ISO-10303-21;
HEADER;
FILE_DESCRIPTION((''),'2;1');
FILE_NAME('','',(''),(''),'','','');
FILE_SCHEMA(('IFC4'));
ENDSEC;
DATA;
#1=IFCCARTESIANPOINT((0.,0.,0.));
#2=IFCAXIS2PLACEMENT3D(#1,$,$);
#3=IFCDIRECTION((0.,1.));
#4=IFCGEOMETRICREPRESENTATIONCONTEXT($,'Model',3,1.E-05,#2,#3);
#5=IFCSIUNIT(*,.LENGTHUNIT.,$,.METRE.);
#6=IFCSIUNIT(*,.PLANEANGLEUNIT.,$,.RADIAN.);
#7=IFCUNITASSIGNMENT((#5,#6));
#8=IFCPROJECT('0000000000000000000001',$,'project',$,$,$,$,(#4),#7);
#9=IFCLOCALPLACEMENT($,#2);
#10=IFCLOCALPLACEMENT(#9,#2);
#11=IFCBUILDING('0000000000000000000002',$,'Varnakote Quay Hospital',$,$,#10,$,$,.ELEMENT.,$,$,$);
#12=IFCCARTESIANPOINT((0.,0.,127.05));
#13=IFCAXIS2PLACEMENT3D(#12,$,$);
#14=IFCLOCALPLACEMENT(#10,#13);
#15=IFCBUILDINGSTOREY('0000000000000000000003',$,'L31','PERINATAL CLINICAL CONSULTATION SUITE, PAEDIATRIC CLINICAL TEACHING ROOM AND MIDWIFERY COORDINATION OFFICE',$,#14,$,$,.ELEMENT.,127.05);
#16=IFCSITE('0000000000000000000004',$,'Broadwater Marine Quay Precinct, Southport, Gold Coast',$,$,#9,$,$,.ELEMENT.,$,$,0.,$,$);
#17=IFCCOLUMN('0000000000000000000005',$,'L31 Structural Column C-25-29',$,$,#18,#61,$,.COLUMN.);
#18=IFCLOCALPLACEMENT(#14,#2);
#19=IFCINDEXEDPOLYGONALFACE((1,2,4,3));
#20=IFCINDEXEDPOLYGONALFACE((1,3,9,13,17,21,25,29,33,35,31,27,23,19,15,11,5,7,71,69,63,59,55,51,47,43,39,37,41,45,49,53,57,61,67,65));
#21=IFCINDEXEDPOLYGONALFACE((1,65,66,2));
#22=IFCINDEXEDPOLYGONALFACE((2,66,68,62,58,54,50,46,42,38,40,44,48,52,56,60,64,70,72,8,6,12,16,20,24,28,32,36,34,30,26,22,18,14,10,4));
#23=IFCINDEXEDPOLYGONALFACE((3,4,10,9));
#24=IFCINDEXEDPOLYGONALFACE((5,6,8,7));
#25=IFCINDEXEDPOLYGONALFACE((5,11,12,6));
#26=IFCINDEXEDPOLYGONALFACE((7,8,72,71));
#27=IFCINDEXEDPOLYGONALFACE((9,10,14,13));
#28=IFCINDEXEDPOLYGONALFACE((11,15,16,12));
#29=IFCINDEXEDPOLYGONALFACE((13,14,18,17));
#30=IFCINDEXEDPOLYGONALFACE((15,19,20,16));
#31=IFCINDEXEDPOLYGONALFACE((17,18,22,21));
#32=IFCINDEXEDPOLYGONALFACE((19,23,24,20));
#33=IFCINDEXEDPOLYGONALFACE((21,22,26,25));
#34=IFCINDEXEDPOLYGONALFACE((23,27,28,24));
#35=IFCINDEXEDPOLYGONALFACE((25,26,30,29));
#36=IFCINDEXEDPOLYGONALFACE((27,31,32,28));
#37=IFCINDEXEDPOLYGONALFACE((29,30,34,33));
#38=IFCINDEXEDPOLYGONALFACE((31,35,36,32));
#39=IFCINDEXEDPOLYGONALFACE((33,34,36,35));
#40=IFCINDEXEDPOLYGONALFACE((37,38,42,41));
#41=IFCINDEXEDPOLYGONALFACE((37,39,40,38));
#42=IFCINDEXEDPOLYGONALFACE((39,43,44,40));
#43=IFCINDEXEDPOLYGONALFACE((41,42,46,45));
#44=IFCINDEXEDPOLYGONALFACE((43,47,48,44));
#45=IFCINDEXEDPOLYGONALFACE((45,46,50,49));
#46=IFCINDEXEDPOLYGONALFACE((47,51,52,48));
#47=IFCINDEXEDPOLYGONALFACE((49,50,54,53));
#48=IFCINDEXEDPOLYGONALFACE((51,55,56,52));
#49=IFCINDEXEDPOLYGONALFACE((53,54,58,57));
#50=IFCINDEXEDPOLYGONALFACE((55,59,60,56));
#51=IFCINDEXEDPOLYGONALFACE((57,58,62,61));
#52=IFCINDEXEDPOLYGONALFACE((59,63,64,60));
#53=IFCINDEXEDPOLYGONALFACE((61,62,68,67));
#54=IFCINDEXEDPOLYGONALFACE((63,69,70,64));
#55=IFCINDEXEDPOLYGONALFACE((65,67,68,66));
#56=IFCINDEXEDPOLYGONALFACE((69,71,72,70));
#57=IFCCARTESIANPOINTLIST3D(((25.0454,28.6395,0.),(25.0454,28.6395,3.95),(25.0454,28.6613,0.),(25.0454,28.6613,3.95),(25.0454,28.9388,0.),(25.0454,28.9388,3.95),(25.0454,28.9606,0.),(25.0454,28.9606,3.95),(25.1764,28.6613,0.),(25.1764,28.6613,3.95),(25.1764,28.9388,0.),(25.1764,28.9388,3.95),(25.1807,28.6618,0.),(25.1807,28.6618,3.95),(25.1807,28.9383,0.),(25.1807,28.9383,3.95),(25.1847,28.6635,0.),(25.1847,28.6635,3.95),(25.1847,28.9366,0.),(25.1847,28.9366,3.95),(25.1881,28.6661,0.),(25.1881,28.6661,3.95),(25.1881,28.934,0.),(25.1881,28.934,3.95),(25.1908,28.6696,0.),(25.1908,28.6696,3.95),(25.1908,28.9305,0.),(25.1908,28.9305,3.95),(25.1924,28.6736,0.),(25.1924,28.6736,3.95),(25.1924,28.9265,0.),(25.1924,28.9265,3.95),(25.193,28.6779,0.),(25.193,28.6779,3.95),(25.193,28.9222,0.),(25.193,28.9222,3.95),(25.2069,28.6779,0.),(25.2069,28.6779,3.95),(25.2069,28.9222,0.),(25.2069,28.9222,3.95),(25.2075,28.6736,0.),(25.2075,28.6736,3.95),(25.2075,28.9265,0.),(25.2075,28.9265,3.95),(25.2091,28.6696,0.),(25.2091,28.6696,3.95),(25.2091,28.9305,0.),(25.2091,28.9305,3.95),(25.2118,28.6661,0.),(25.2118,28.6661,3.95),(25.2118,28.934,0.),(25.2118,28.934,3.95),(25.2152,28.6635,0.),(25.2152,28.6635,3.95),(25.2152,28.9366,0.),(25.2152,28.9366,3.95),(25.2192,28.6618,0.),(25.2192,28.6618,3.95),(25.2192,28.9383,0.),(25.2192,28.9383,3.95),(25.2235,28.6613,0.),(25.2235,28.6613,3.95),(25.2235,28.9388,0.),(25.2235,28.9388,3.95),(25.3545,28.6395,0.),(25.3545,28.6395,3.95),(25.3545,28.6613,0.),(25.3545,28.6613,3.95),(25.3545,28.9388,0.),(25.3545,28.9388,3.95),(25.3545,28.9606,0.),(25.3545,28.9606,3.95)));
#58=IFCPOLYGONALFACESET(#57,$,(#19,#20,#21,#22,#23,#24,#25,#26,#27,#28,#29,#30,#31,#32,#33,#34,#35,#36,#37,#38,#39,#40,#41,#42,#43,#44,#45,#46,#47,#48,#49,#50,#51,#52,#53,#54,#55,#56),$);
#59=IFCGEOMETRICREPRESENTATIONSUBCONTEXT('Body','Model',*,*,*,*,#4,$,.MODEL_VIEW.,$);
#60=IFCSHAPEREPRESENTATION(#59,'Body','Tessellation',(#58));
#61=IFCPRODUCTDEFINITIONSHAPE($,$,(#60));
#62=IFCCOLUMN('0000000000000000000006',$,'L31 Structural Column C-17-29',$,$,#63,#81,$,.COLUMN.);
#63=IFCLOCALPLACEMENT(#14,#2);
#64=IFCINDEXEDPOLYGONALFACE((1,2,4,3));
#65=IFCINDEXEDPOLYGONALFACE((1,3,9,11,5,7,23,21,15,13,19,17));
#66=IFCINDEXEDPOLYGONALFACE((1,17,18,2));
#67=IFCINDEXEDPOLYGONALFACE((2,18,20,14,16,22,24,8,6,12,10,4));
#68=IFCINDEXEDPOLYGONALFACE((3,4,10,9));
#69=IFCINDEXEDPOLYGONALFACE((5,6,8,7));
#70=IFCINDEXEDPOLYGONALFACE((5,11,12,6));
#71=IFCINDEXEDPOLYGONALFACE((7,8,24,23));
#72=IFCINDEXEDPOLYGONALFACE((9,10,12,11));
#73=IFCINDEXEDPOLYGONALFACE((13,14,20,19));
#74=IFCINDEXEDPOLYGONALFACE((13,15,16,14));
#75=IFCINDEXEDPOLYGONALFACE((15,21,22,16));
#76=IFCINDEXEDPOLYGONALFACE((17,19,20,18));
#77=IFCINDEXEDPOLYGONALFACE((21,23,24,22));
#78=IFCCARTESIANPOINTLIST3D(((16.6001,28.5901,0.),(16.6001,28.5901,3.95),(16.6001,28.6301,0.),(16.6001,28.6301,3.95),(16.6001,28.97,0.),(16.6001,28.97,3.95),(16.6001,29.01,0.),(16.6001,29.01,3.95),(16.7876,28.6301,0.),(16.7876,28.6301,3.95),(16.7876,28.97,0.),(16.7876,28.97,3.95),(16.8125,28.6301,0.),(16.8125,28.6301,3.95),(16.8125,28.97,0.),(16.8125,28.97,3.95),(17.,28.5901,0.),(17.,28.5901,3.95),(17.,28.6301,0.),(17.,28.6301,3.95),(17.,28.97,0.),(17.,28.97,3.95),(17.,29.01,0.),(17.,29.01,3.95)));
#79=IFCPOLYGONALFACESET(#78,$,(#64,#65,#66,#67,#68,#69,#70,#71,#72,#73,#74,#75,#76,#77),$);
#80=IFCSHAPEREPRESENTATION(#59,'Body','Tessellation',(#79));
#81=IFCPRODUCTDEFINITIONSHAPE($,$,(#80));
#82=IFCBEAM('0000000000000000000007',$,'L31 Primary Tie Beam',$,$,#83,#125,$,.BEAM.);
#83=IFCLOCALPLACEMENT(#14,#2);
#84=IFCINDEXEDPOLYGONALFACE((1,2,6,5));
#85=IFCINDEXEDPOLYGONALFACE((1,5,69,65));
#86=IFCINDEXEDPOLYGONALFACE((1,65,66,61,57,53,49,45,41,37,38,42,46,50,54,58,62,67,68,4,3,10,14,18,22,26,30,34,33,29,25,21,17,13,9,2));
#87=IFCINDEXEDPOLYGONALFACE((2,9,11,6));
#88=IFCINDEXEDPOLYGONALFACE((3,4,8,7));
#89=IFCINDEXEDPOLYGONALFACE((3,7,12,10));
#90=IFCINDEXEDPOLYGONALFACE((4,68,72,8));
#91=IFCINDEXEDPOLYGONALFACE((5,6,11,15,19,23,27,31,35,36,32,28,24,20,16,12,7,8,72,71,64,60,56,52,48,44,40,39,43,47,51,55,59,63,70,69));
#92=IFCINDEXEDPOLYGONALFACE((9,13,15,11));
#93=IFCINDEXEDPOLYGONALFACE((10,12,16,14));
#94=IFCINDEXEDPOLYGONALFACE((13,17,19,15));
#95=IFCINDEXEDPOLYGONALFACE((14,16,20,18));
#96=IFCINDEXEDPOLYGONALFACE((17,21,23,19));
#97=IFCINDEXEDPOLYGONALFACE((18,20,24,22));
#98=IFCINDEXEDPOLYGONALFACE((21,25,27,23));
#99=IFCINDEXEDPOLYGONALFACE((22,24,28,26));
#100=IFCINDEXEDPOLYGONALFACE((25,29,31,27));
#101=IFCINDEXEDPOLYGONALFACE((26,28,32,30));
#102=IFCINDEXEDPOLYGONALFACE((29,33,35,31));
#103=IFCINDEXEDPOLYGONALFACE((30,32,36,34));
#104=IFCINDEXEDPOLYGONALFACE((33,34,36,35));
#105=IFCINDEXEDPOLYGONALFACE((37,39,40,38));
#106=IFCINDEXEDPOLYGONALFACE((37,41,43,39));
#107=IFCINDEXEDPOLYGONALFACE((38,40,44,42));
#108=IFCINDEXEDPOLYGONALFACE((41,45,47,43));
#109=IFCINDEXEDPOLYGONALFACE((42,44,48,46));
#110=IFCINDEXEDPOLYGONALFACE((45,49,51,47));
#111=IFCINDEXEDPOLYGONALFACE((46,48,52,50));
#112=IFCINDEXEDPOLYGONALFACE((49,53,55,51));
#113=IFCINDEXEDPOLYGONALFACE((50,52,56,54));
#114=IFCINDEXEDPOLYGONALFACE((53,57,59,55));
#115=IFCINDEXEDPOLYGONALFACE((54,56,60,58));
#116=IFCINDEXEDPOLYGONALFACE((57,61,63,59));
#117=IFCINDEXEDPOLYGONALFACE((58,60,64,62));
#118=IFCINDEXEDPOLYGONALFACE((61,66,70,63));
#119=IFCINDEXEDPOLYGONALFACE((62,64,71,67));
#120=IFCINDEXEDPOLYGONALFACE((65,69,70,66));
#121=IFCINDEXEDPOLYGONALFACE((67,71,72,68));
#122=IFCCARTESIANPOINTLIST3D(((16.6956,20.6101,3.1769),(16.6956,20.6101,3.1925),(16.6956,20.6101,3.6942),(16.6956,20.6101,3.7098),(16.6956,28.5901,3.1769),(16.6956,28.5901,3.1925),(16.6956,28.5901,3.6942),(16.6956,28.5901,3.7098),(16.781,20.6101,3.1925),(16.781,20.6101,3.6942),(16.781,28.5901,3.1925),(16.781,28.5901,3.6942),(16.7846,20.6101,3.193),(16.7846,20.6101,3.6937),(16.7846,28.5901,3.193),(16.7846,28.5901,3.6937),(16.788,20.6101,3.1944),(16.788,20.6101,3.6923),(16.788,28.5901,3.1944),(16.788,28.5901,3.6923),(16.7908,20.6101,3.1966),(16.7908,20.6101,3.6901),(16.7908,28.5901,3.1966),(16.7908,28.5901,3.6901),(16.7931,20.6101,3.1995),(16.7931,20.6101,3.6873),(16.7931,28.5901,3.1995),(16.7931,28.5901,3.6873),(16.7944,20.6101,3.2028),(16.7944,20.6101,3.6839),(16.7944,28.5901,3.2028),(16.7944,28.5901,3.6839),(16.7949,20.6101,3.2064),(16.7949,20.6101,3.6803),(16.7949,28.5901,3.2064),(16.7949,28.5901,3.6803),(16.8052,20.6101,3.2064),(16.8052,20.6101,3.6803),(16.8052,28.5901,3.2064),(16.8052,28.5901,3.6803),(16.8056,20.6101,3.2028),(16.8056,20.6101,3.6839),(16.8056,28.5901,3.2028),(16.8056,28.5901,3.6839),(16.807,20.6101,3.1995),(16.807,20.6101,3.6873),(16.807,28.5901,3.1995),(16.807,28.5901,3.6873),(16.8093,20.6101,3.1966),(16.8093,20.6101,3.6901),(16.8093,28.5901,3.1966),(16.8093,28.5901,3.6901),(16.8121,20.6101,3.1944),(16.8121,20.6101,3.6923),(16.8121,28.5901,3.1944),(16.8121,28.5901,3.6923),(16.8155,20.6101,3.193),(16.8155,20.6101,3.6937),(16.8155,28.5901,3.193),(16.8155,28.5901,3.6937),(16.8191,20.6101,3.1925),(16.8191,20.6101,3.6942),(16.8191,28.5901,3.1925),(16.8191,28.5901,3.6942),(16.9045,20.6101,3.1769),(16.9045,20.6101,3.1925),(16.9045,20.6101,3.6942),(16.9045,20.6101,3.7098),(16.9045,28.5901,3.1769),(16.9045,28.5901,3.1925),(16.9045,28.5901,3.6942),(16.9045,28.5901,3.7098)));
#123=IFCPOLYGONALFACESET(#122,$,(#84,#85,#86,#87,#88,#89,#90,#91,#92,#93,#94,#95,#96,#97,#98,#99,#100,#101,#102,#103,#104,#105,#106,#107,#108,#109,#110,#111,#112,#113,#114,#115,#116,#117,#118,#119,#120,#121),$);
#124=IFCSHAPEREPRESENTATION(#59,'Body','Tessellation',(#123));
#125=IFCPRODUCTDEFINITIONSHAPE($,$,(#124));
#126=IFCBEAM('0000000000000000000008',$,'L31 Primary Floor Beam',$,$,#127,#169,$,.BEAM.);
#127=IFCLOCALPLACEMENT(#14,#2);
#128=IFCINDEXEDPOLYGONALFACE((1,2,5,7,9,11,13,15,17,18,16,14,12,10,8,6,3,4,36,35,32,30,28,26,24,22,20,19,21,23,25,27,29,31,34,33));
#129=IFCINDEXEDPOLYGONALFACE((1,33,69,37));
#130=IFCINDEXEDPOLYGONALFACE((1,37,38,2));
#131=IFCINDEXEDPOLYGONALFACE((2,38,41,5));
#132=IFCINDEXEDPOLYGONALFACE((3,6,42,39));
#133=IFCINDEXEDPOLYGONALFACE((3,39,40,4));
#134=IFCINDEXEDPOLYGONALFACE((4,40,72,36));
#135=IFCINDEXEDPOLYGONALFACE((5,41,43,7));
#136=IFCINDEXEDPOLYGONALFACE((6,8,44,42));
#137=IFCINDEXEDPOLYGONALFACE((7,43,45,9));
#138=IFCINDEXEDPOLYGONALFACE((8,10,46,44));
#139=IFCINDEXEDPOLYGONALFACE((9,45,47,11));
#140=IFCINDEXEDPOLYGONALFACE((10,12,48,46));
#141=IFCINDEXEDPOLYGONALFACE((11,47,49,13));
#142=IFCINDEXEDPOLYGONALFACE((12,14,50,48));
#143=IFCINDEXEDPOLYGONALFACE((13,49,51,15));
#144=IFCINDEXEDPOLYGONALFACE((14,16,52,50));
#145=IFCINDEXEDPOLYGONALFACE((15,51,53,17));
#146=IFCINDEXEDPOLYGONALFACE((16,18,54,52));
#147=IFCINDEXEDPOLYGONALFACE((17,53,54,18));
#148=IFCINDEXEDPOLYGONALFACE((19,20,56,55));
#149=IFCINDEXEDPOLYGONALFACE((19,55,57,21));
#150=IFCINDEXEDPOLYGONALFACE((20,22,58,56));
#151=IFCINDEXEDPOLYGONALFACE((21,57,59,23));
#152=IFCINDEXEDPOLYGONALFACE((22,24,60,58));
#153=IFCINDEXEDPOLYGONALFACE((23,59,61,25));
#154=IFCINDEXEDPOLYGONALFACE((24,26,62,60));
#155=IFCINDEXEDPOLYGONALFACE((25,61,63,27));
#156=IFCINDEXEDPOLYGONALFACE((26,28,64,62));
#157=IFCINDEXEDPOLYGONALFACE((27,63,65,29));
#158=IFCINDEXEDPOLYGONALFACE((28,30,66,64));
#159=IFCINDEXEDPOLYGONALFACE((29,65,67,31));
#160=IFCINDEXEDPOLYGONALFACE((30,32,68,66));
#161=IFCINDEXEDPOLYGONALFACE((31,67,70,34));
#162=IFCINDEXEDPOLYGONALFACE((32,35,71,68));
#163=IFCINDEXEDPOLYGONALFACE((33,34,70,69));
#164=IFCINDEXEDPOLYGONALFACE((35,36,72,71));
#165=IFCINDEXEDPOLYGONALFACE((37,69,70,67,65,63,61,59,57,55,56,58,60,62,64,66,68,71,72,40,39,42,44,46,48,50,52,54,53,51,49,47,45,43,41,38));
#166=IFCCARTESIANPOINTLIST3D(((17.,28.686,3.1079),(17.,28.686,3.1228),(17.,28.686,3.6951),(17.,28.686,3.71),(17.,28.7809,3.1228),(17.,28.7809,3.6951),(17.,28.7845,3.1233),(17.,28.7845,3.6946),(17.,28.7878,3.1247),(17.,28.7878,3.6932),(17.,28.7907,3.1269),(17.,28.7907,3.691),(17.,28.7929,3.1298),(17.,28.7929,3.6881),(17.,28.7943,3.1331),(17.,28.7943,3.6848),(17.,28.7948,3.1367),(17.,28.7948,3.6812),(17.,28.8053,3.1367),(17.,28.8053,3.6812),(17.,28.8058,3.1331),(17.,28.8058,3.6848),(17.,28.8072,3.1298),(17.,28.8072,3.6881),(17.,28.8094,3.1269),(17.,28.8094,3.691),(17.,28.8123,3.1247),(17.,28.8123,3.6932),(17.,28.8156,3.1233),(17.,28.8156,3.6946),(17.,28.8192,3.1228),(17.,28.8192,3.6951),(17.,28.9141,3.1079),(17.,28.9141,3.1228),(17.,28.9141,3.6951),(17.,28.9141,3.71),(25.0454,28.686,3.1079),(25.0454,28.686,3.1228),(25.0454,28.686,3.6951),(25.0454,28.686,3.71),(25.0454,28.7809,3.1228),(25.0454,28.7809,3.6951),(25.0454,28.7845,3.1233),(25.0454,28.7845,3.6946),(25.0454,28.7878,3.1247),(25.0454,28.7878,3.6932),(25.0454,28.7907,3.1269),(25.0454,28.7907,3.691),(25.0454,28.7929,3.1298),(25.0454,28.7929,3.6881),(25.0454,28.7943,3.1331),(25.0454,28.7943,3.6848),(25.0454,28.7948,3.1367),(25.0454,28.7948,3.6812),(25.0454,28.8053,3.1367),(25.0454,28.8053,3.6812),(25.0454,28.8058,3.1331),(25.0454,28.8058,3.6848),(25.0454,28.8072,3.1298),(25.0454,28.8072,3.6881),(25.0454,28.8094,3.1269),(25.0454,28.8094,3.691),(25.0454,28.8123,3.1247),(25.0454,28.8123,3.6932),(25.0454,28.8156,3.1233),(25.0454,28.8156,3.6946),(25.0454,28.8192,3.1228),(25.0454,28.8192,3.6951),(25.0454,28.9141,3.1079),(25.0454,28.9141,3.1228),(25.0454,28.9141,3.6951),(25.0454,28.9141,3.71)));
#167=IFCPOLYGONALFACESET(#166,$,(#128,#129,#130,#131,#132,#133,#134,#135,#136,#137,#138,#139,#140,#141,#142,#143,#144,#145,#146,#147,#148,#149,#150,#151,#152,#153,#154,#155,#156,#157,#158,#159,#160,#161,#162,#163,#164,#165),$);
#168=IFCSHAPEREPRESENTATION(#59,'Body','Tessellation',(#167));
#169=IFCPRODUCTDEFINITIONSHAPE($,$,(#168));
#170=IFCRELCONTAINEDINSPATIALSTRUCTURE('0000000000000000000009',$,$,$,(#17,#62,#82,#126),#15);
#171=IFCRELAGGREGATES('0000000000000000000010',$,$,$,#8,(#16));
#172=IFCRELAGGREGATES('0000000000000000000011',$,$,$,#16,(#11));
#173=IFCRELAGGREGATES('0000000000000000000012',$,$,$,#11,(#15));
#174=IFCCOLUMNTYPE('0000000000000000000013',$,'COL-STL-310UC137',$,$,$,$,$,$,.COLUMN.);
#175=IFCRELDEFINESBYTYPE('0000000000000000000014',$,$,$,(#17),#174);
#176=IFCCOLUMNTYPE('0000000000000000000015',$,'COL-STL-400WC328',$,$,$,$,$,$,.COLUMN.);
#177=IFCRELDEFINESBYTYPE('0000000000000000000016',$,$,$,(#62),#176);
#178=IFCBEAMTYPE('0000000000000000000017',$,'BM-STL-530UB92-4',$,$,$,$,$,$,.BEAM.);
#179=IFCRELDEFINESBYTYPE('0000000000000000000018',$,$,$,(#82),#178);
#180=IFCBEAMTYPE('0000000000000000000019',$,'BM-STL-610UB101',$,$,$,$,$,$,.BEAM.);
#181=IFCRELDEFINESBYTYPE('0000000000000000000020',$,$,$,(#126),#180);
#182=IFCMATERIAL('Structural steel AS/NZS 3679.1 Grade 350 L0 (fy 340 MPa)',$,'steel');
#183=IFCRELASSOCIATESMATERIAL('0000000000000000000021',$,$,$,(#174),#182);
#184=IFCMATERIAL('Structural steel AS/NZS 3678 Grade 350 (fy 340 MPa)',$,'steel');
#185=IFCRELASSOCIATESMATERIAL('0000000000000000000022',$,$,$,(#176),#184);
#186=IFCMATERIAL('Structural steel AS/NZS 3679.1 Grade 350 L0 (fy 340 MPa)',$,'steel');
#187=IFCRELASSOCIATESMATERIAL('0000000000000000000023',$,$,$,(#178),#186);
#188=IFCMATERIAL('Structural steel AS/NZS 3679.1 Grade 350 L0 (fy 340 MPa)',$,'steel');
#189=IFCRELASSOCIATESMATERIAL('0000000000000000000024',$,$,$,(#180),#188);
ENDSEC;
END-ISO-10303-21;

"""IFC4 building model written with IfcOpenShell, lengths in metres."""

from ifc_helpers import new_model, si_unit, direction, frame, origin, origin_2d, place, context, subcontext, project, spatial, i_section, extrude, material, material_profile, profile_set, type_object, element, save


model = new_model("IFC4")

# Units and contexts
model_context = context("Model", 3, precision=1e-05, world=origin(), true_north=direction((0.0, 1.0)))
body_context = subcontext(model_context, "Body", "Model", "MODEL_VIEW")
ifc_project = project(units=[si_unit("LENGTHUNIT", "METRE"), si_unit("PLANEANGLEUNIT", "RADIAN")], contexts=[model_context])

# Site, building, storey
site_placement = place(None, origin())
site = spatial("IfcSite", under=ifc_project, at=site_placement, Name="Broadwater Marine Quay Precinct, Southport, Gold Coast", CompositionType="ELEMENT", RefElevation=0.0)
building_placement = place(site_placement, origin())
building = spatial("IfcBuilding", under=site, at=building_placement, Name="Varnakote Quay Hospital", CompositionType="ELEMENT")
storey_placement = place(building_placement, frame((0.0, 0.0, 127.05)))
storey = spatial("IfcBuildingStorey", under=building, at=storey_placement, Name="L31", Description="PERINATAL CLINICAL CONSULTATION SUITE, PAEDIATRIC CLINICAL TEACHING ROOM AND MIDWIFERY COORDINATION OFFICE", CompositionType="ELEMENT", Elevation=127.05)

# Columns
ifc_material_1 = material(Name="Structural steel AS/NZS 3679.1 Grade 350 L0 (fy 340 MPa)", Category="steel")
ifc_material_profile_1 = material_profile(ifc_material_1, i_section(OverallWidth=0.3091, OverallDepth=0.321, WebThickness=0.0139, FlangeThickness=0.0217, FilletRadius=0.0166, at=origin_2d()), Name="310UC137")
ifc_profile_set_1 = profile_set([ifc_material_profile_1], Name="Structural steel AS/NZS 3679.1 Grade 350 L0 (fy 340 MPa)")
column_type_1 = type_object("IfcColumnType", Name="COL-STL-310UC137", PredefinedType="COLUMN", material=ifc_profile_set_1)
column_1_placement = place(storey_placement, frame((25.2, 28.8, 0.0), z_axis=(0.0, 0.0, 1.0), x_axis=(1.0, 0.0, 0.0)))
element("IfcColumn", 1, at=column_1_placement, inside=storey, type_object=column_type_1, Name="L31 Structural Column C-25-29", PredefinedType="COLUMN", context=body_context, shape_type="SweptSolid", body=[
    extrude(i_section(OverallWidth=0.3091, OverallDepth=0.321, WebThickness=0.0139, FlangeThickness=0.0217, FilletRadius=0.0166, at=origin_2d()), origin(), (0.0, 0.0, 1.0), 3.95),
])
ifc_material_2 = material(Name="Structural steel AS/NZS 3678 Grade 350 (fy 340 MPa)", Category="steel")
ifc_material_profile_2 = material_profile(ifc_material_2, i_section(OverallWidth=0.3999, OverallDepth=0.4199, WebThickness=0.0249, FlangeThickness=0.04, at=origin_2d()), Name="400WC328")
ifc_profile_set_2 = profile_set([ifc_material_profile_2], Name="Structural steel AS/NZS 3678 Grade 350 (fy 340 MPa)")
column_type_2 = type_object("IfcColumnType", Name="COL-STL-400WC328", PredefinedType="COLUMN", material=ifc_profile_set_2)
column_2_placement = place(storey_placement, frame((16.8, 28.8, 0.0), z_axis=(0.0, 0.0, 1.0), x_axis=(1.0, 0.0, 0.0)))
element("IfcColumn", 2, at=column_2_placement, inside=storey, type_object=column_type_2, Name="L31 Structural Column C-17-29", PredefinedType="COLUMN", context=body_context, shape_type="SweptSolid", body=[
    extrude(i_section(OverallWidth=0.3999, OverallDepth=0.4199, WebThickness=0.0249, FlangeThickness=0.04, at=origin_2d()), origin(), (0.0, 0.0, 1.0), 3.95),
])

# Beams
ifc_material_3 = material(Name="Structural steel AS/NZS 3679.1 Grade 350 L0 (fy 340 MPa)", Category="steel")
ifc_material_profile_3 = material_profile(ifc_material_3, i_section(OverallWidth=0.209, OverallDepth=0.533, WebThickness=0.0103, FlangeThickness=0.0156, FilletRadius=0.0139, at=origin_2d()), Name="530UB92.4")
ifc_profile_set_3 = profile_set([ifc_material_profile_3], Name="Structural steel AS/NZS 3679.1 Grade 350 L0 (fy 340 MPa)")
beam_type_1 = type_object("IfcBeamType", Name="BM-STL-530UB92-4", PredefinedType="BEAM", material=ifc_profile_set_3)
beam_1_placement = place(storey_placement, frame((16.8, 20.6101, 3.4434), z_axis=(0.0, 1.0, 0.0), x_axis=(-1.0, 0.0, 0.0)))
element("IfcBeam", 3, at=beam_1_placement, inside=storey, type_object=beam_type_1, Name="L31 Primary Tie Beam", PredefinedType="BEAM", context=body_context, shape_type="SweptSolid", body=[
    extrude(i_section(OverallWidth=0.209, OverallDepth=0.533, WebThickness=0.0103, FlangeThickness=0.0156, FilletRadius=0.0139, at=origin_2d()), origin(), (0.0, 0.0, 1.0), 7.98),
])
ifc_material_4 = material(Name="Structural steel AS/NZS 3679.1 Grade 350 L0 (fy 340 MPa)", Category="steel")
ifc_material_profile_4 = material_profile(ifc_material_4, i_section(OverallWidth=0.228, OverallDepth=0.6021, WebThickness=0.0105, FlangeThickness=0.0149, FilletRadius=0.0139, at=origin_2d()), Name="610UB101")
ifc_profile_set_4 = profile_set([ifc_material_profile_4], Name="Structural steel AS/NZS 3679.1 Grade 350 L0 (fy 340 MPa)")
beam_type_2 = type_object("IfcBeamType", Name="BM-STL-610UB101", PredefinedType="BEAM", material=ifc_profile_set_4)
beam_2_placement = place(storey_placement, frame((17.0, 28.8, 3.4089), z_axis=(1.0, 0.0, 0.0), x_axis=(0.0, 1.0, 0.0)))
element("IfcBeam", 4, at=beam_2_placement, inside=storey, type_object=beam_type_2, Name="L31 Primary Floor Beam", PredefinedType="BEAM", context=body_context, shape_type="SweptSolid", body=[
    extrude(i_section(OverallWidth=0.228, OverallDepth=0.6021, WebThickness=0.0105, FlangeThickness=0.0149, FilletRadius=0.0139, at=origin_2d()), origin(), (0.0, 0.0, 1.0), 8.0454),
])

save(model, "model.ifc")
